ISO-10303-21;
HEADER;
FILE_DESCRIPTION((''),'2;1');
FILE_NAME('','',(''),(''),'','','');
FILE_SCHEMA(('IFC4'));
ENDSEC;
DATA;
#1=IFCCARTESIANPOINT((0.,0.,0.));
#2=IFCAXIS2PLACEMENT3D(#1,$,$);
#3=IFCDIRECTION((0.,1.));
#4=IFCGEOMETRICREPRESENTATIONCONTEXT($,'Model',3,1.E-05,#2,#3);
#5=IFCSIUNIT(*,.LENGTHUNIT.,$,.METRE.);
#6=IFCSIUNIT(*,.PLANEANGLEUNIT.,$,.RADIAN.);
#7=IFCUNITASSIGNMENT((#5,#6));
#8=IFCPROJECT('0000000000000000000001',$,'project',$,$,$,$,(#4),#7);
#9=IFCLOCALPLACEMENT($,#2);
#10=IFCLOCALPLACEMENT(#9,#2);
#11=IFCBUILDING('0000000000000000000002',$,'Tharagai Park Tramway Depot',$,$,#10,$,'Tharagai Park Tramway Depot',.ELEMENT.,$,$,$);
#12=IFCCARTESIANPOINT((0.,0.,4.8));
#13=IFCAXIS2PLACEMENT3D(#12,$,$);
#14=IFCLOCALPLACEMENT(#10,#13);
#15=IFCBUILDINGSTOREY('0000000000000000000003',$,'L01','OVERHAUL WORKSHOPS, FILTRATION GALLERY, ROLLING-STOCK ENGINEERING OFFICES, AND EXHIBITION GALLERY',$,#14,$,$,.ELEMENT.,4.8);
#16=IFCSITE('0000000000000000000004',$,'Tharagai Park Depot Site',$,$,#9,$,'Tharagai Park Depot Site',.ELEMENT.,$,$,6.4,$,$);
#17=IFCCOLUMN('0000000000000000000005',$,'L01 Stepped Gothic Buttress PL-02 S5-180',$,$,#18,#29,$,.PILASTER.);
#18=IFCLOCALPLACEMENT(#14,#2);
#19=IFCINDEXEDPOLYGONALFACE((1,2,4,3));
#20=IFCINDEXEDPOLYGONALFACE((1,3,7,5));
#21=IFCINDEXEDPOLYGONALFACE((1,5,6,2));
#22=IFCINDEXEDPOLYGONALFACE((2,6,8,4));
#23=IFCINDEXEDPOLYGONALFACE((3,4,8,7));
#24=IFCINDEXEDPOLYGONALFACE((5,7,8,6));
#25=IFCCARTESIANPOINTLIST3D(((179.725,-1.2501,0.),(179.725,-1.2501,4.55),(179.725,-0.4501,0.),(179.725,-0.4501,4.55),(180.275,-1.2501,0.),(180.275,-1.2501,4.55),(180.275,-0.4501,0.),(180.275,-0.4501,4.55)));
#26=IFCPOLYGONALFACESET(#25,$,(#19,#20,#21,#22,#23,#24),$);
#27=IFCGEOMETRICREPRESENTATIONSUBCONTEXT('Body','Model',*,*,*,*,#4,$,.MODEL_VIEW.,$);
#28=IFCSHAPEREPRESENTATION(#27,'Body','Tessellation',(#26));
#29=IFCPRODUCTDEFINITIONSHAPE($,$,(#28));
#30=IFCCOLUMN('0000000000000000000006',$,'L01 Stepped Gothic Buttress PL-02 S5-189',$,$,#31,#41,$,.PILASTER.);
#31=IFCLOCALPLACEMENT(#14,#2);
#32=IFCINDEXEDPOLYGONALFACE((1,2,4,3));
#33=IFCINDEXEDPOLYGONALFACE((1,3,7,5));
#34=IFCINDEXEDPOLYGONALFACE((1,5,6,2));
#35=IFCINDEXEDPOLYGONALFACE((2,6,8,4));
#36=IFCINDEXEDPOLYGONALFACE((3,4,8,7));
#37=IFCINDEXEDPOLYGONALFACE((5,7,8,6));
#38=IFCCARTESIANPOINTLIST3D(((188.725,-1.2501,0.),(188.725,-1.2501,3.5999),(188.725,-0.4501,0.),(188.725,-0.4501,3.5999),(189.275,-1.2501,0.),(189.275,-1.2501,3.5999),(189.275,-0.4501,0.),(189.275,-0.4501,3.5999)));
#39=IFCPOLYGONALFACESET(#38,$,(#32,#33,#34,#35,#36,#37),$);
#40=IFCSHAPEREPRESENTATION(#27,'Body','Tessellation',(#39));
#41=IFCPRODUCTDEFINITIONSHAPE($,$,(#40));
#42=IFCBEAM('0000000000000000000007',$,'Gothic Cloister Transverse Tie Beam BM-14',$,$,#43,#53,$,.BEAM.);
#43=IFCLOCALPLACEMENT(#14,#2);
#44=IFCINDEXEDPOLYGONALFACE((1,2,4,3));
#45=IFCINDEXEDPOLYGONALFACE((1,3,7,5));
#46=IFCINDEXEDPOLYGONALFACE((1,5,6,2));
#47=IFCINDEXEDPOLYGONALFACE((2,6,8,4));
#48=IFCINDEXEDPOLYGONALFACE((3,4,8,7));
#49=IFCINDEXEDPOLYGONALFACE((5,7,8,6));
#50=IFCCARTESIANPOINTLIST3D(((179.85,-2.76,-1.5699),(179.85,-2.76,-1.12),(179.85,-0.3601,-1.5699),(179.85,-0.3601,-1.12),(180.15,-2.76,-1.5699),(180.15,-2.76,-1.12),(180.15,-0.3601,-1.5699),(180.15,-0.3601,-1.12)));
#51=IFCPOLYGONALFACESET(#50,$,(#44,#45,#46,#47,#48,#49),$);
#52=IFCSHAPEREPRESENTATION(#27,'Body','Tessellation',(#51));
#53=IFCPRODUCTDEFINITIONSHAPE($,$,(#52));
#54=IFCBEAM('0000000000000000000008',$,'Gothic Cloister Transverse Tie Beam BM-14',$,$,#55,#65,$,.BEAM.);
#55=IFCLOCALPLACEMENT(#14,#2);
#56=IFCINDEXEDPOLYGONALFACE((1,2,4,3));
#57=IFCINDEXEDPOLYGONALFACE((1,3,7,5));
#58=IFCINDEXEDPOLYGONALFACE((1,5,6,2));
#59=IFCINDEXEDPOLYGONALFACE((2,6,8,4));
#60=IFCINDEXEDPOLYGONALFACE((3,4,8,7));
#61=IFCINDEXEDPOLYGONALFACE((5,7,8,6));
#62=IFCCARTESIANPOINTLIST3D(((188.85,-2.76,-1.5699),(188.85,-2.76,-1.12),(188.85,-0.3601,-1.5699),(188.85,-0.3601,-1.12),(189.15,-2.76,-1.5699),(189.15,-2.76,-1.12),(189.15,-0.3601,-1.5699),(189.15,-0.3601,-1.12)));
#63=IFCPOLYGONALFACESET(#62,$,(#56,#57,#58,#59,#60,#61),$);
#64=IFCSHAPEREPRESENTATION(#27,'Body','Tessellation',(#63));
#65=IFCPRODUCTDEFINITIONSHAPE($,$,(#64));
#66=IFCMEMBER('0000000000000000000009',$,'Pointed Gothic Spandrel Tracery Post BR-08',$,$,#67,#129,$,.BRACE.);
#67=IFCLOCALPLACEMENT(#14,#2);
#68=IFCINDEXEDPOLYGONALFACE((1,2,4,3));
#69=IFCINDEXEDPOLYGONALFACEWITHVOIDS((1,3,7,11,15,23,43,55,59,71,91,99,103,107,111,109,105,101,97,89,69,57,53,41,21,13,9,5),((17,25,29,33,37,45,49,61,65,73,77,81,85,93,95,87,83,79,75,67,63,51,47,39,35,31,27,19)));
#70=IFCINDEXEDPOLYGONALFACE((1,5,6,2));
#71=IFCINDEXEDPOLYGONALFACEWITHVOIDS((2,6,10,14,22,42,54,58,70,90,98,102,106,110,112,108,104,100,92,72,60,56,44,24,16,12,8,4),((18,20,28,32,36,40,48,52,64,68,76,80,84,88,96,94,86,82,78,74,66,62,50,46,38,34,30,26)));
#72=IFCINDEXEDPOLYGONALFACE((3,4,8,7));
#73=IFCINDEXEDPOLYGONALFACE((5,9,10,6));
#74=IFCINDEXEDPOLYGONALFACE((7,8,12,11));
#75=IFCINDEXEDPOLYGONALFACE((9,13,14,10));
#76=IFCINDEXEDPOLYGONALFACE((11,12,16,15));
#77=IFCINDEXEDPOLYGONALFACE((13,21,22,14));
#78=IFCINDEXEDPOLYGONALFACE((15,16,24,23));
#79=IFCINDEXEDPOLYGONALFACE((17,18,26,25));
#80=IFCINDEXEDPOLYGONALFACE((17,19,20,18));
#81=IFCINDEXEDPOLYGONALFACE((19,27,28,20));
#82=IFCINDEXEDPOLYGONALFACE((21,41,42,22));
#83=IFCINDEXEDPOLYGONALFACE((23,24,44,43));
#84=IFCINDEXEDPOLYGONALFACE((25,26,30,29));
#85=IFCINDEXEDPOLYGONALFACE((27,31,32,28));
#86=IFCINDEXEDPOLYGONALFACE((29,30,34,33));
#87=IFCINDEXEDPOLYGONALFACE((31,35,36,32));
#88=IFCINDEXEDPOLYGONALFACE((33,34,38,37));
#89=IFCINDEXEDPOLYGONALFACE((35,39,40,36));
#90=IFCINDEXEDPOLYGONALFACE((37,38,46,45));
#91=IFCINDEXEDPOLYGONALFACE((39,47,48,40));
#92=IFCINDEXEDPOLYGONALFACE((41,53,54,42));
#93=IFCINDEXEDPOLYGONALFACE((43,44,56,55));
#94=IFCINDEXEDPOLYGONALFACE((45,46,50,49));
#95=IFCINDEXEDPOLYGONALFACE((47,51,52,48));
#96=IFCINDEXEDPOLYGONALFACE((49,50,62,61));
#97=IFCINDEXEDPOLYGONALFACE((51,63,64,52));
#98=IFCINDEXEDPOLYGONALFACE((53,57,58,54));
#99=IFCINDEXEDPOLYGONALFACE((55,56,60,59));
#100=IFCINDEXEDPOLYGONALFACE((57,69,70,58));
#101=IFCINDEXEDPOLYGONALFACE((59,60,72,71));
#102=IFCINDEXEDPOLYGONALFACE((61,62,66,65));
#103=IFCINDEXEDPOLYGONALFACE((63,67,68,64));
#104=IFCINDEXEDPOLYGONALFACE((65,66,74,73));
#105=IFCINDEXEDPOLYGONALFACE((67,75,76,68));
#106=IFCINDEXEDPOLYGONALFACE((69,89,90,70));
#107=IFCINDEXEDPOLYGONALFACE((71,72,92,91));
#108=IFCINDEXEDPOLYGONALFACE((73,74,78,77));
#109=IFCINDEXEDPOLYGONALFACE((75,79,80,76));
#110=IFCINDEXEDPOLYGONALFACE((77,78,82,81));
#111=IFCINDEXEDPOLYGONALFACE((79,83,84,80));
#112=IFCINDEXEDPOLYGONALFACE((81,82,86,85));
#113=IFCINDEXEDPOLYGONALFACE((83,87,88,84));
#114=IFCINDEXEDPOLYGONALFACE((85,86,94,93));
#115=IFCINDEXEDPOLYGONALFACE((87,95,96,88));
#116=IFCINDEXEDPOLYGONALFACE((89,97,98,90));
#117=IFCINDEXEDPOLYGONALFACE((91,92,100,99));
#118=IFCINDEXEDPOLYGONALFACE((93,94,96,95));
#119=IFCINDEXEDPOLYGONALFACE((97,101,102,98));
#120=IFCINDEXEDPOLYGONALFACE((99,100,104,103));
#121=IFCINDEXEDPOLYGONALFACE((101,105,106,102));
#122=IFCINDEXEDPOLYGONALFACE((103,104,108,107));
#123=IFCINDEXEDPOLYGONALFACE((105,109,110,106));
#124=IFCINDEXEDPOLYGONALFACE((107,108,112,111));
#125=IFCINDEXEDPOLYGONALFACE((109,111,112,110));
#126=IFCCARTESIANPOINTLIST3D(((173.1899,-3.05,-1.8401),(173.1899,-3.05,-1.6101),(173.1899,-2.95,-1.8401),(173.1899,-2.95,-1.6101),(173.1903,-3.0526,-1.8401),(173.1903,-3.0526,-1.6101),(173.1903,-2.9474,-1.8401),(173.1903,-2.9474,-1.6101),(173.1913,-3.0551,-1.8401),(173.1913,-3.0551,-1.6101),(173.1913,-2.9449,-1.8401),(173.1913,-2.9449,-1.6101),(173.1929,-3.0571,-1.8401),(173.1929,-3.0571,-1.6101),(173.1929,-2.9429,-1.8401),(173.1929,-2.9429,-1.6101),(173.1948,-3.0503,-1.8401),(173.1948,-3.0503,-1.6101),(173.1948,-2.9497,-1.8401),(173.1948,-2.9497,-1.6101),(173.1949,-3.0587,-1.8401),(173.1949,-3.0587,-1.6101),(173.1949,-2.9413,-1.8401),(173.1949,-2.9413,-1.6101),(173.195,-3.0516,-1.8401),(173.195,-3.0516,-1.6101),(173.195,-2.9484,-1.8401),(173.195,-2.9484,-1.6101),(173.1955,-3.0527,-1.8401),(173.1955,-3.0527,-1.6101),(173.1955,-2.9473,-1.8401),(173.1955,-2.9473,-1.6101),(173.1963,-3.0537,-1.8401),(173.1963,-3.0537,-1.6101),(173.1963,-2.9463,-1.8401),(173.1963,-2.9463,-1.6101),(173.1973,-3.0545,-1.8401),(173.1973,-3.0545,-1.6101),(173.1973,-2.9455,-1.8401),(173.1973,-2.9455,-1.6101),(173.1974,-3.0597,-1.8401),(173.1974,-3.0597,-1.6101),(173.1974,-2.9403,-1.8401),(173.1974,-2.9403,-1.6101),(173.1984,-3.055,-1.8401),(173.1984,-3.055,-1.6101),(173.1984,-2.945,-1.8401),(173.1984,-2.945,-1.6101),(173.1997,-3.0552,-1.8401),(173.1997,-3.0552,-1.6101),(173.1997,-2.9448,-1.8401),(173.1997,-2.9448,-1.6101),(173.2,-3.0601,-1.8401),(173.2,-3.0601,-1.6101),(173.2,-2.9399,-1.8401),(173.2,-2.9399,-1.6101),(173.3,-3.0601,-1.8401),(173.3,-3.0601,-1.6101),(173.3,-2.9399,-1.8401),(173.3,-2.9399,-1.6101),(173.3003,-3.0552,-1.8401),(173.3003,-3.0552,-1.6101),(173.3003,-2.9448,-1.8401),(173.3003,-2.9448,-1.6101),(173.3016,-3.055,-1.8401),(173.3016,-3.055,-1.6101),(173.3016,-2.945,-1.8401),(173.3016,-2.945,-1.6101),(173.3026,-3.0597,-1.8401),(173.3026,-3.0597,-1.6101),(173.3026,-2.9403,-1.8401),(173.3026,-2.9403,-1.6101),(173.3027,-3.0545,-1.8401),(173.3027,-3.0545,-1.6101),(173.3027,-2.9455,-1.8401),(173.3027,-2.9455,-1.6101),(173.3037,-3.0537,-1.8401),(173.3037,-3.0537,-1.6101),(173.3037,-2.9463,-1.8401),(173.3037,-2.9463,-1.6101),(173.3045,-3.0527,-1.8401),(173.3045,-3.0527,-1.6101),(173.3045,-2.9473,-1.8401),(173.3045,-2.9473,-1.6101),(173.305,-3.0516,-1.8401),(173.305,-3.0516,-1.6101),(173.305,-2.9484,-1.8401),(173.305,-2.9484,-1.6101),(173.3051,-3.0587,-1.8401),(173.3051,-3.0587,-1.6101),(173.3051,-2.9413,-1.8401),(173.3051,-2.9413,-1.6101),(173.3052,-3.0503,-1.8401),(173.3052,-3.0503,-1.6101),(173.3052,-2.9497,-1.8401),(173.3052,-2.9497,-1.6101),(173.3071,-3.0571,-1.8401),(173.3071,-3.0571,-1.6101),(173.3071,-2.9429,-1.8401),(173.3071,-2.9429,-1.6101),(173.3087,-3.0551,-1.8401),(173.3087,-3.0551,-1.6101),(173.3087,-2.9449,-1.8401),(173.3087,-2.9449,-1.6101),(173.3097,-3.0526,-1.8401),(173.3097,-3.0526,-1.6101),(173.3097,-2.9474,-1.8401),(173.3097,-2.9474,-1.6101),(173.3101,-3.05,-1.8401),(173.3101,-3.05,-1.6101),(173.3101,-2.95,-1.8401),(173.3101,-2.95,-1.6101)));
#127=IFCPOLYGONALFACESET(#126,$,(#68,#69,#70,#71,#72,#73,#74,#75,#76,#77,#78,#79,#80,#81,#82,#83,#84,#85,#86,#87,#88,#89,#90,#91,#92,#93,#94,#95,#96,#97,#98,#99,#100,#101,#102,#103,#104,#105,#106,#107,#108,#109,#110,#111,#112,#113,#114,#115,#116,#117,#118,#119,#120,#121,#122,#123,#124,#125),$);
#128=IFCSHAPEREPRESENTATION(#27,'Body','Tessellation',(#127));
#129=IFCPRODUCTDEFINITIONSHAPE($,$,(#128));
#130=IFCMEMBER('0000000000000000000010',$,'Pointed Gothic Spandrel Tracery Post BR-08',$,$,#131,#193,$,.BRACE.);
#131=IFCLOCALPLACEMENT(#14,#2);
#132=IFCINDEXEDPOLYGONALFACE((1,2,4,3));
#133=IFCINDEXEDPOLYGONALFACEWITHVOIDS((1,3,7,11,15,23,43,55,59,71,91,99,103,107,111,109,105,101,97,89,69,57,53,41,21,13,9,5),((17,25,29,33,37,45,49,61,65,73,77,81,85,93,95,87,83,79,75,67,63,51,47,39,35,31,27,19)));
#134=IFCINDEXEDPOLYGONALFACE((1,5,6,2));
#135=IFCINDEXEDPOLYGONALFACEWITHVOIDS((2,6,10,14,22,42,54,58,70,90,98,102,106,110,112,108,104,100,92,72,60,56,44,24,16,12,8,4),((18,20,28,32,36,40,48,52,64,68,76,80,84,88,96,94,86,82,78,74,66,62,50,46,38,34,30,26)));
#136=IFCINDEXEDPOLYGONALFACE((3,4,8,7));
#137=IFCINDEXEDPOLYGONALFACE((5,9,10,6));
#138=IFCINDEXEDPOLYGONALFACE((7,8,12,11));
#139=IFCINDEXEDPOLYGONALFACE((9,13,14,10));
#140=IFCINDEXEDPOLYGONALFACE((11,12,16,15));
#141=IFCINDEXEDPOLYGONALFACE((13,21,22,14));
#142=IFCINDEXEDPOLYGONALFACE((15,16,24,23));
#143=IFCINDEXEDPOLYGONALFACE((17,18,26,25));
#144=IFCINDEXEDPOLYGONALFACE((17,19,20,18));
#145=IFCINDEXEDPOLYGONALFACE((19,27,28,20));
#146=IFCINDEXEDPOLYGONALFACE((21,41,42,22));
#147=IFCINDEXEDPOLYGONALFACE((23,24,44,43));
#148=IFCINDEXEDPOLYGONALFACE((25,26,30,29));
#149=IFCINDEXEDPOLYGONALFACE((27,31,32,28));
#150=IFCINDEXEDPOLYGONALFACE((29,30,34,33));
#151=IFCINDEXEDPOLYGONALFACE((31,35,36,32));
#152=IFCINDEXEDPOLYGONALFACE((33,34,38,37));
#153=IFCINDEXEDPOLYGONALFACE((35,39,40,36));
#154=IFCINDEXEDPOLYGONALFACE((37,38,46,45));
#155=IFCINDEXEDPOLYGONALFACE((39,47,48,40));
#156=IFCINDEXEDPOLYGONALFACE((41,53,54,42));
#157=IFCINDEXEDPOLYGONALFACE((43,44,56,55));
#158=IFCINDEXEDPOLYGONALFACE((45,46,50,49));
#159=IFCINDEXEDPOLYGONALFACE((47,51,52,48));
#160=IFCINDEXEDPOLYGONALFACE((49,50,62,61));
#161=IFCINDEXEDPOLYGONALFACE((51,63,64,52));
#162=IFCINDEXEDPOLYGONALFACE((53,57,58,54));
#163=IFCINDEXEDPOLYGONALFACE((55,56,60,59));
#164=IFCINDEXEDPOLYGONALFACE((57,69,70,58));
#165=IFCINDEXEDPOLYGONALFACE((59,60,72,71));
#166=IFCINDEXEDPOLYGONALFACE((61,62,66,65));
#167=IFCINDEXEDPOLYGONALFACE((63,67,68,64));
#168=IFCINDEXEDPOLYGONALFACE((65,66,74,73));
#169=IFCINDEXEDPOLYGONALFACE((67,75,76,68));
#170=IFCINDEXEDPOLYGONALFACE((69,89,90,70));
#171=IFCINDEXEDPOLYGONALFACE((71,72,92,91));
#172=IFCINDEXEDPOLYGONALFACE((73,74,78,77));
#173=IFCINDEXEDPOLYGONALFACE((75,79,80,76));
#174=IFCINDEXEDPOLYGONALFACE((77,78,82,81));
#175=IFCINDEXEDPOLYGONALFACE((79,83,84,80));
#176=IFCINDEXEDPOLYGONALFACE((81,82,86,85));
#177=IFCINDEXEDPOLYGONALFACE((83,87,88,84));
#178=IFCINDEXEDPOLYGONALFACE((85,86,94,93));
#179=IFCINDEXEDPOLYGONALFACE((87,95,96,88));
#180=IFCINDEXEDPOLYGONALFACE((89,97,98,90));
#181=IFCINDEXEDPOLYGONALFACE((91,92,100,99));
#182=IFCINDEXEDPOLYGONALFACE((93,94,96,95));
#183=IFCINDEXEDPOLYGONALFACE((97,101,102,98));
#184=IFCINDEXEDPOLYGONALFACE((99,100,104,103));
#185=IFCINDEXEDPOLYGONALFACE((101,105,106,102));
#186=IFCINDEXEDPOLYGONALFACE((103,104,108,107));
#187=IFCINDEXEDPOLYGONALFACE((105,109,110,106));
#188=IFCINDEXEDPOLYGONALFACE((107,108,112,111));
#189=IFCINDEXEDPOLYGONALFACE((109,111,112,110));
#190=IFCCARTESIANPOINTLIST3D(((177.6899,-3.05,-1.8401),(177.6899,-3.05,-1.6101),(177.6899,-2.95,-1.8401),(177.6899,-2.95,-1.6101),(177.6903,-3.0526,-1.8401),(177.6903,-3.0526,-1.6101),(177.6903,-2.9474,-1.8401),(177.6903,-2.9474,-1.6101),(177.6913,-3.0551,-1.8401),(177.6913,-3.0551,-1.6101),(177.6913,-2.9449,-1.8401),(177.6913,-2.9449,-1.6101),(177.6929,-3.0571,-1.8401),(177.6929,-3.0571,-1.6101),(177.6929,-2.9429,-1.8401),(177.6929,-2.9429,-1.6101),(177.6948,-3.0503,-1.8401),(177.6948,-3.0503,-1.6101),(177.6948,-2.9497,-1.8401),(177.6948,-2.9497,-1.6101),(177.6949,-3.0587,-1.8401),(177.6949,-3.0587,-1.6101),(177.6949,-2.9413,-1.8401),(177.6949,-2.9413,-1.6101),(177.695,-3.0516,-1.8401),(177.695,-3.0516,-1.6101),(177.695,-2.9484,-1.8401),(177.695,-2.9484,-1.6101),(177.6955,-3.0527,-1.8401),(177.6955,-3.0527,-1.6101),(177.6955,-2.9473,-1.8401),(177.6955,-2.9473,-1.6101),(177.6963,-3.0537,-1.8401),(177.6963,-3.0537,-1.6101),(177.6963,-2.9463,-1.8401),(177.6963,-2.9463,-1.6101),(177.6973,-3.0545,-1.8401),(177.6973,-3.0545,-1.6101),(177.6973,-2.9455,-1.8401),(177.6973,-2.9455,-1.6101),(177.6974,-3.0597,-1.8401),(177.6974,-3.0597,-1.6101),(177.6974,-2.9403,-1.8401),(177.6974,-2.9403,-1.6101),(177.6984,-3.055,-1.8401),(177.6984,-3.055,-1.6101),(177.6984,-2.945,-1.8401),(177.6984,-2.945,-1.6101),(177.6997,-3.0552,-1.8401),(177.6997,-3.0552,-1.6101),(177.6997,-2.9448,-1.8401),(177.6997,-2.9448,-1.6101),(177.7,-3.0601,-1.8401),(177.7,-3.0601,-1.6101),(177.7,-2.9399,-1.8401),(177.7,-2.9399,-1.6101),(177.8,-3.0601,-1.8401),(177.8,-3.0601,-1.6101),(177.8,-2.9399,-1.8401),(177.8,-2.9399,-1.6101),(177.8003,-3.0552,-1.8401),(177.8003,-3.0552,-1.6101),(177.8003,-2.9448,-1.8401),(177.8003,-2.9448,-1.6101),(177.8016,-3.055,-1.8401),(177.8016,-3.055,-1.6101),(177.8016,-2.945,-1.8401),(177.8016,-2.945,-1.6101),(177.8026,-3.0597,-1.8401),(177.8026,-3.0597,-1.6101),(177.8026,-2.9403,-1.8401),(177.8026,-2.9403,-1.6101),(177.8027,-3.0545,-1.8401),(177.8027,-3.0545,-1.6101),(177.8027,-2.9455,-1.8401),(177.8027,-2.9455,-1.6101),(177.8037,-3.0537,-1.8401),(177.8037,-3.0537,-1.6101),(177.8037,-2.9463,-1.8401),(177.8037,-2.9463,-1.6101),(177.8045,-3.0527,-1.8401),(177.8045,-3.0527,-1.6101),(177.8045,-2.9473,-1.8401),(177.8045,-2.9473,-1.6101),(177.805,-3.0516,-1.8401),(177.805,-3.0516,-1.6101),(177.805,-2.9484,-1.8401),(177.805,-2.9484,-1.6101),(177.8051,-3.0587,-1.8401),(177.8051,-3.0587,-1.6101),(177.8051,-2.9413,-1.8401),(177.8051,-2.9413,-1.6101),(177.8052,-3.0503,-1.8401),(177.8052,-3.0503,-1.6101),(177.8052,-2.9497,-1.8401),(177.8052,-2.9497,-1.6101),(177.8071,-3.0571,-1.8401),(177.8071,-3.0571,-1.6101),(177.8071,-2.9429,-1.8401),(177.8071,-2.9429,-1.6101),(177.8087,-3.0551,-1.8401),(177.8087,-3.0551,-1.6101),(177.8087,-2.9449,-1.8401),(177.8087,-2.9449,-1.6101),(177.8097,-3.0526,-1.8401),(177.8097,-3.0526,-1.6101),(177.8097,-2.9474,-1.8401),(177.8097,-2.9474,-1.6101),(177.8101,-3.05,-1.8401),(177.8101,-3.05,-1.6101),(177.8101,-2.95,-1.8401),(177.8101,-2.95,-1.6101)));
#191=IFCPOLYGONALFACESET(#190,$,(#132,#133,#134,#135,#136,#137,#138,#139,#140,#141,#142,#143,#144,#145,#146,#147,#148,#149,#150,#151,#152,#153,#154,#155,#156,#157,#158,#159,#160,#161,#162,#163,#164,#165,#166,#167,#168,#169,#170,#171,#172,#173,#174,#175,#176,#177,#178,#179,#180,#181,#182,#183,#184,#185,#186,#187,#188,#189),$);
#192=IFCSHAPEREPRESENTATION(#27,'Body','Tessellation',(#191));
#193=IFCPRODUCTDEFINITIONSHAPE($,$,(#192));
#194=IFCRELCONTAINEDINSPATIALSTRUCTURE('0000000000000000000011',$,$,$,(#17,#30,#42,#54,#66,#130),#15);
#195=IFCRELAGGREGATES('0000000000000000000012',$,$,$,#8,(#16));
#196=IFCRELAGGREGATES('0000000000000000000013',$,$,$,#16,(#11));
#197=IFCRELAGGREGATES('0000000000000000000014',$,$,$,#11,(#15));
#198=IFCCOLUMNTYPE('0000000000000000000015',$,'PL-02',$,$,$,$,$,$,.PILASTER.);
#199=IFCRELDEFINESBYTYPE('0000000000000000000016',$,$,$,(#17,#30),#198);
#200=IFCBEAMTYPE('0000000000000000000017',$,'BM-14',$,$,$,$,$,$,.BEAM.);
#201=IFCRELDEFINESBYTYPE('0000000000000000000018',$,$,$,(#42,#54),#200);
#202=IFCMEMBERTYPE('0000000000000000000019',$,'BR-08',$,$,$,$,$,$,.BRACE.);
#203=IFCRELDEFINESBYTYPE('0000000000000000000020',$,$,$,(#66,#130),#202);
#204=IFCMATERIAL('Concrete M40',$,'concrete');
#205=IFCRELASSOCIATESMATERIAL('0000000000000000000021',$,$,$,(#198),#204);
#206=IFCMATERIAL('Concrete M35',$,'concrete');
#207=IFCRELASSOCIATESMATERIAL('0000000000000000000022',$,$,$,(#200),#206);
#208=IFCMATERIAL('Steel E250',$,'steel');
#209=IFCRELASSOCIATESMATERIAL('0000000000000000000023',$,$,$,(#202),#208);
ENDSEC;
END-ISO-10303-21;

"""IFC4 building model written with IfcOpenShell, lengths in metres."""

from ifc_helpers import new_model, si_unit, direction, frame, origin, origin_2d, place, context, subcontext, project, spatial, rectangle, hollow_rectangle, extrude, material, material_profile, profile_set, type_object, element, save


model = new_model("IFC4")

# Units and contexts
model_context = context("Model", 3, precision=1e-05, world=origin(), true_north=direction((0.0, 1.0)))
body_context = subcontext(model_context, "Body", "Model", "MODEL_VIEW")
ifc_project = project(units=[si_unit("LENGTHUNIT", "METRE"), si_unit("PLANEANGLEUNIT", "RADIAN")], contexts=[model_context])

# Site, building, storey
site_placement = place(None, origin())
site = spatial("IfcSite", under=ifc_project, at=site_placement, Name="Tharagai Park Depot Site", LongName="Tharagai Park Depot Site", CompositionType="ELEMENT", RefElevation=6.4)
building_placement = place(site_placement, origin())
building = spatial("IfcBuilding", under=site, at=building_placement, Name="Tharagai Park Tramway Depot", LongName="Tharagai Park Tramway Depot", CompositionType="ELEMENT")
storey_placement = place(building_placement, frame((0.0, 0.0, 4.8)))
storey = spatial("IfcBuildingStorey", under=building, at=storey_placement, Name="L01", Description="OVERHAUL WORKSHOPS, FILTRATION GALLERY, ROLLING-STOCK ENGINEERING OFFICES, AND EXHIBITION GALLERY", CompositionType="ELEMENT", Elevation=4.8)

# Columns
ifc_material_1 = material(Name="Concrete M40", Category="concrete")
ifc_material_profile_1 = material_profile(ifc_material_1, rectangle(XDim=0.55, YDim=0.8, at=origin_2d()), Name="RC 550x800")
ifc_profile_set_1 = profile_set([ifc_material_profile_1], Name="Concrete M40")
column_type = type_object("IfcColumnType", Name="PL-02", PredefinedType="PILASTER", material=ifc_profile_set_1)
column_1_placement = place(storey_placement, frame((180.0, -0.8501, 0.0), z_axis=(0.0, 0.0, 1.0), x_axis=(1.0, 0.0, 0.0)))
element("IfcColumn", 1, at=column_1_placement, inside=storey, type_object=column_type, Name="L01 Stepped Gothic Buttress PL-02 S5-180", PredefinedType="PILASTER", context=body_context, shape_type="SweptSolid", body=[
    extrude(rectangle(XDim=0.55, YDim=0.8, at=origin_2d()), origin(), (0.0, 0.0, 1.0), 4.55),
])
column_2_placement = place(storey_placement, frame((189.0, -0.8501, 0.0), z_axis=(0.0, 0.0, 1.0), x_axis=(1.0, 0.0, 0.0)))
element("IfcColumn", 2, at=column_2_placement, inside=storey, type_object=column_type, Name="L01 Stepped Gothic Buttress PL-02 S5-189", PredefinedType="PILASTER", context=body_context, shape_type="SweptSolid", body=[
    extrude(rectangle(XDim=0.55, YDim=0.8, at=origin_2d()), origin(), (0.0, 0.0, 1.0), 3.5999),
])

# Beams
ifc_material_2 = material(Name="Concrete M35", Category="concrete")
ifc_material_profile_2 = material_profile(ifc_material_2, rectangle(XDim=0.3, YDim=0.45, at=origin_2d()), Name="RC 300x450")
ifc_profile_set_2 = profile_set([ifc_material_profile_2], Name="Concrete M35")
beam_type_1 = type_object("IfcBeamType", Name="BM-14", PredefinedType="BEAM", material=ifc_profile_set_2)
for number, where, z_axis, x_axis, name in (
    (3, (180.0, -2.76, -1.345), (0.0, 1.0, 0.0), (-1.0, 0.0, 0.0), "Gothic Cloister Transverse Tie Beam BM-14"),
    (4, (189.0, -2.76, -1.345), (0.0, 1.0, 0.0), (-1.0, 0.0, 0.0), "Gothic Cloister Transverse Tie Beam BM-14"),
):
    element("IfcBeam", number, at=place(storey_placement, frame(where, z_axis=z_axis, x_axis=x_axis)), inside=storey, type_object=beam_type_1, Name=name, PredefinedType="BEAM", context=body_context, shape_type="SweptSolid", body=[
        extrude(rectangle(XDim=0.3, YDim=0.45, at=origin_2d()), origin(), (0.0, 0.0, 1.0), 2.3999),
    ])

# Members
ifc_material_3 = material(Name="Steel E250", Category="steel")
ifc_material_profile_3 = material_profile(ifc_material_3, hollow_rectangle(XDim=0.1201, YDim=0.1201, WallThickness=0.0049, InnerFilletRadius=0.0049, OuterFilletRadius=0.01, at=origin_2d()), Name="SHS 120x120x5")
ifc_profile_set_3 = profile_set([ifc_material_profile_3], Name="Steel E250")
member_type_1 = type_object("IfcMemberType", Name="BR-08", PredefinedType="BRACE", material=ifc_profile_set_3)
for number, where, z_axis, x_axis, name in (
    (5, (173.25, -3.0, -1.8401), (0.0, 0.0, 1.0), (1.0, 0.0, 0.0), "Pointed Gothic Spandrel Tracery Post BR-08"),
    (6, (177.75, -3.0, -1.8401), (0.0, 0.0, 1.0), (1.0, 0.0, 0.0), "Pointed Gothic Spandrel Tracery Post BR-08"),
):
    element("IfcMember", number, at=place(storey_placement, frame(where, z_axis=z_axis, x_axis=x_axis)), inside=storey, type_object=member_type_1, Name=name, PredefinedType="BRACE", context=body_context, shape_type="SweptSolid", body=[
        extrude(hollow_rectangle(XDim=0.1201, YDim=0.1201, WallThickness=0.0049, InnerFilletRadius=0.0049, OuterFilletRadius=0.01, at=origin_2d()), origin(), (0.0, 0.0, 1.0), 0.23),
    ])

save(model, "model.ifc")
